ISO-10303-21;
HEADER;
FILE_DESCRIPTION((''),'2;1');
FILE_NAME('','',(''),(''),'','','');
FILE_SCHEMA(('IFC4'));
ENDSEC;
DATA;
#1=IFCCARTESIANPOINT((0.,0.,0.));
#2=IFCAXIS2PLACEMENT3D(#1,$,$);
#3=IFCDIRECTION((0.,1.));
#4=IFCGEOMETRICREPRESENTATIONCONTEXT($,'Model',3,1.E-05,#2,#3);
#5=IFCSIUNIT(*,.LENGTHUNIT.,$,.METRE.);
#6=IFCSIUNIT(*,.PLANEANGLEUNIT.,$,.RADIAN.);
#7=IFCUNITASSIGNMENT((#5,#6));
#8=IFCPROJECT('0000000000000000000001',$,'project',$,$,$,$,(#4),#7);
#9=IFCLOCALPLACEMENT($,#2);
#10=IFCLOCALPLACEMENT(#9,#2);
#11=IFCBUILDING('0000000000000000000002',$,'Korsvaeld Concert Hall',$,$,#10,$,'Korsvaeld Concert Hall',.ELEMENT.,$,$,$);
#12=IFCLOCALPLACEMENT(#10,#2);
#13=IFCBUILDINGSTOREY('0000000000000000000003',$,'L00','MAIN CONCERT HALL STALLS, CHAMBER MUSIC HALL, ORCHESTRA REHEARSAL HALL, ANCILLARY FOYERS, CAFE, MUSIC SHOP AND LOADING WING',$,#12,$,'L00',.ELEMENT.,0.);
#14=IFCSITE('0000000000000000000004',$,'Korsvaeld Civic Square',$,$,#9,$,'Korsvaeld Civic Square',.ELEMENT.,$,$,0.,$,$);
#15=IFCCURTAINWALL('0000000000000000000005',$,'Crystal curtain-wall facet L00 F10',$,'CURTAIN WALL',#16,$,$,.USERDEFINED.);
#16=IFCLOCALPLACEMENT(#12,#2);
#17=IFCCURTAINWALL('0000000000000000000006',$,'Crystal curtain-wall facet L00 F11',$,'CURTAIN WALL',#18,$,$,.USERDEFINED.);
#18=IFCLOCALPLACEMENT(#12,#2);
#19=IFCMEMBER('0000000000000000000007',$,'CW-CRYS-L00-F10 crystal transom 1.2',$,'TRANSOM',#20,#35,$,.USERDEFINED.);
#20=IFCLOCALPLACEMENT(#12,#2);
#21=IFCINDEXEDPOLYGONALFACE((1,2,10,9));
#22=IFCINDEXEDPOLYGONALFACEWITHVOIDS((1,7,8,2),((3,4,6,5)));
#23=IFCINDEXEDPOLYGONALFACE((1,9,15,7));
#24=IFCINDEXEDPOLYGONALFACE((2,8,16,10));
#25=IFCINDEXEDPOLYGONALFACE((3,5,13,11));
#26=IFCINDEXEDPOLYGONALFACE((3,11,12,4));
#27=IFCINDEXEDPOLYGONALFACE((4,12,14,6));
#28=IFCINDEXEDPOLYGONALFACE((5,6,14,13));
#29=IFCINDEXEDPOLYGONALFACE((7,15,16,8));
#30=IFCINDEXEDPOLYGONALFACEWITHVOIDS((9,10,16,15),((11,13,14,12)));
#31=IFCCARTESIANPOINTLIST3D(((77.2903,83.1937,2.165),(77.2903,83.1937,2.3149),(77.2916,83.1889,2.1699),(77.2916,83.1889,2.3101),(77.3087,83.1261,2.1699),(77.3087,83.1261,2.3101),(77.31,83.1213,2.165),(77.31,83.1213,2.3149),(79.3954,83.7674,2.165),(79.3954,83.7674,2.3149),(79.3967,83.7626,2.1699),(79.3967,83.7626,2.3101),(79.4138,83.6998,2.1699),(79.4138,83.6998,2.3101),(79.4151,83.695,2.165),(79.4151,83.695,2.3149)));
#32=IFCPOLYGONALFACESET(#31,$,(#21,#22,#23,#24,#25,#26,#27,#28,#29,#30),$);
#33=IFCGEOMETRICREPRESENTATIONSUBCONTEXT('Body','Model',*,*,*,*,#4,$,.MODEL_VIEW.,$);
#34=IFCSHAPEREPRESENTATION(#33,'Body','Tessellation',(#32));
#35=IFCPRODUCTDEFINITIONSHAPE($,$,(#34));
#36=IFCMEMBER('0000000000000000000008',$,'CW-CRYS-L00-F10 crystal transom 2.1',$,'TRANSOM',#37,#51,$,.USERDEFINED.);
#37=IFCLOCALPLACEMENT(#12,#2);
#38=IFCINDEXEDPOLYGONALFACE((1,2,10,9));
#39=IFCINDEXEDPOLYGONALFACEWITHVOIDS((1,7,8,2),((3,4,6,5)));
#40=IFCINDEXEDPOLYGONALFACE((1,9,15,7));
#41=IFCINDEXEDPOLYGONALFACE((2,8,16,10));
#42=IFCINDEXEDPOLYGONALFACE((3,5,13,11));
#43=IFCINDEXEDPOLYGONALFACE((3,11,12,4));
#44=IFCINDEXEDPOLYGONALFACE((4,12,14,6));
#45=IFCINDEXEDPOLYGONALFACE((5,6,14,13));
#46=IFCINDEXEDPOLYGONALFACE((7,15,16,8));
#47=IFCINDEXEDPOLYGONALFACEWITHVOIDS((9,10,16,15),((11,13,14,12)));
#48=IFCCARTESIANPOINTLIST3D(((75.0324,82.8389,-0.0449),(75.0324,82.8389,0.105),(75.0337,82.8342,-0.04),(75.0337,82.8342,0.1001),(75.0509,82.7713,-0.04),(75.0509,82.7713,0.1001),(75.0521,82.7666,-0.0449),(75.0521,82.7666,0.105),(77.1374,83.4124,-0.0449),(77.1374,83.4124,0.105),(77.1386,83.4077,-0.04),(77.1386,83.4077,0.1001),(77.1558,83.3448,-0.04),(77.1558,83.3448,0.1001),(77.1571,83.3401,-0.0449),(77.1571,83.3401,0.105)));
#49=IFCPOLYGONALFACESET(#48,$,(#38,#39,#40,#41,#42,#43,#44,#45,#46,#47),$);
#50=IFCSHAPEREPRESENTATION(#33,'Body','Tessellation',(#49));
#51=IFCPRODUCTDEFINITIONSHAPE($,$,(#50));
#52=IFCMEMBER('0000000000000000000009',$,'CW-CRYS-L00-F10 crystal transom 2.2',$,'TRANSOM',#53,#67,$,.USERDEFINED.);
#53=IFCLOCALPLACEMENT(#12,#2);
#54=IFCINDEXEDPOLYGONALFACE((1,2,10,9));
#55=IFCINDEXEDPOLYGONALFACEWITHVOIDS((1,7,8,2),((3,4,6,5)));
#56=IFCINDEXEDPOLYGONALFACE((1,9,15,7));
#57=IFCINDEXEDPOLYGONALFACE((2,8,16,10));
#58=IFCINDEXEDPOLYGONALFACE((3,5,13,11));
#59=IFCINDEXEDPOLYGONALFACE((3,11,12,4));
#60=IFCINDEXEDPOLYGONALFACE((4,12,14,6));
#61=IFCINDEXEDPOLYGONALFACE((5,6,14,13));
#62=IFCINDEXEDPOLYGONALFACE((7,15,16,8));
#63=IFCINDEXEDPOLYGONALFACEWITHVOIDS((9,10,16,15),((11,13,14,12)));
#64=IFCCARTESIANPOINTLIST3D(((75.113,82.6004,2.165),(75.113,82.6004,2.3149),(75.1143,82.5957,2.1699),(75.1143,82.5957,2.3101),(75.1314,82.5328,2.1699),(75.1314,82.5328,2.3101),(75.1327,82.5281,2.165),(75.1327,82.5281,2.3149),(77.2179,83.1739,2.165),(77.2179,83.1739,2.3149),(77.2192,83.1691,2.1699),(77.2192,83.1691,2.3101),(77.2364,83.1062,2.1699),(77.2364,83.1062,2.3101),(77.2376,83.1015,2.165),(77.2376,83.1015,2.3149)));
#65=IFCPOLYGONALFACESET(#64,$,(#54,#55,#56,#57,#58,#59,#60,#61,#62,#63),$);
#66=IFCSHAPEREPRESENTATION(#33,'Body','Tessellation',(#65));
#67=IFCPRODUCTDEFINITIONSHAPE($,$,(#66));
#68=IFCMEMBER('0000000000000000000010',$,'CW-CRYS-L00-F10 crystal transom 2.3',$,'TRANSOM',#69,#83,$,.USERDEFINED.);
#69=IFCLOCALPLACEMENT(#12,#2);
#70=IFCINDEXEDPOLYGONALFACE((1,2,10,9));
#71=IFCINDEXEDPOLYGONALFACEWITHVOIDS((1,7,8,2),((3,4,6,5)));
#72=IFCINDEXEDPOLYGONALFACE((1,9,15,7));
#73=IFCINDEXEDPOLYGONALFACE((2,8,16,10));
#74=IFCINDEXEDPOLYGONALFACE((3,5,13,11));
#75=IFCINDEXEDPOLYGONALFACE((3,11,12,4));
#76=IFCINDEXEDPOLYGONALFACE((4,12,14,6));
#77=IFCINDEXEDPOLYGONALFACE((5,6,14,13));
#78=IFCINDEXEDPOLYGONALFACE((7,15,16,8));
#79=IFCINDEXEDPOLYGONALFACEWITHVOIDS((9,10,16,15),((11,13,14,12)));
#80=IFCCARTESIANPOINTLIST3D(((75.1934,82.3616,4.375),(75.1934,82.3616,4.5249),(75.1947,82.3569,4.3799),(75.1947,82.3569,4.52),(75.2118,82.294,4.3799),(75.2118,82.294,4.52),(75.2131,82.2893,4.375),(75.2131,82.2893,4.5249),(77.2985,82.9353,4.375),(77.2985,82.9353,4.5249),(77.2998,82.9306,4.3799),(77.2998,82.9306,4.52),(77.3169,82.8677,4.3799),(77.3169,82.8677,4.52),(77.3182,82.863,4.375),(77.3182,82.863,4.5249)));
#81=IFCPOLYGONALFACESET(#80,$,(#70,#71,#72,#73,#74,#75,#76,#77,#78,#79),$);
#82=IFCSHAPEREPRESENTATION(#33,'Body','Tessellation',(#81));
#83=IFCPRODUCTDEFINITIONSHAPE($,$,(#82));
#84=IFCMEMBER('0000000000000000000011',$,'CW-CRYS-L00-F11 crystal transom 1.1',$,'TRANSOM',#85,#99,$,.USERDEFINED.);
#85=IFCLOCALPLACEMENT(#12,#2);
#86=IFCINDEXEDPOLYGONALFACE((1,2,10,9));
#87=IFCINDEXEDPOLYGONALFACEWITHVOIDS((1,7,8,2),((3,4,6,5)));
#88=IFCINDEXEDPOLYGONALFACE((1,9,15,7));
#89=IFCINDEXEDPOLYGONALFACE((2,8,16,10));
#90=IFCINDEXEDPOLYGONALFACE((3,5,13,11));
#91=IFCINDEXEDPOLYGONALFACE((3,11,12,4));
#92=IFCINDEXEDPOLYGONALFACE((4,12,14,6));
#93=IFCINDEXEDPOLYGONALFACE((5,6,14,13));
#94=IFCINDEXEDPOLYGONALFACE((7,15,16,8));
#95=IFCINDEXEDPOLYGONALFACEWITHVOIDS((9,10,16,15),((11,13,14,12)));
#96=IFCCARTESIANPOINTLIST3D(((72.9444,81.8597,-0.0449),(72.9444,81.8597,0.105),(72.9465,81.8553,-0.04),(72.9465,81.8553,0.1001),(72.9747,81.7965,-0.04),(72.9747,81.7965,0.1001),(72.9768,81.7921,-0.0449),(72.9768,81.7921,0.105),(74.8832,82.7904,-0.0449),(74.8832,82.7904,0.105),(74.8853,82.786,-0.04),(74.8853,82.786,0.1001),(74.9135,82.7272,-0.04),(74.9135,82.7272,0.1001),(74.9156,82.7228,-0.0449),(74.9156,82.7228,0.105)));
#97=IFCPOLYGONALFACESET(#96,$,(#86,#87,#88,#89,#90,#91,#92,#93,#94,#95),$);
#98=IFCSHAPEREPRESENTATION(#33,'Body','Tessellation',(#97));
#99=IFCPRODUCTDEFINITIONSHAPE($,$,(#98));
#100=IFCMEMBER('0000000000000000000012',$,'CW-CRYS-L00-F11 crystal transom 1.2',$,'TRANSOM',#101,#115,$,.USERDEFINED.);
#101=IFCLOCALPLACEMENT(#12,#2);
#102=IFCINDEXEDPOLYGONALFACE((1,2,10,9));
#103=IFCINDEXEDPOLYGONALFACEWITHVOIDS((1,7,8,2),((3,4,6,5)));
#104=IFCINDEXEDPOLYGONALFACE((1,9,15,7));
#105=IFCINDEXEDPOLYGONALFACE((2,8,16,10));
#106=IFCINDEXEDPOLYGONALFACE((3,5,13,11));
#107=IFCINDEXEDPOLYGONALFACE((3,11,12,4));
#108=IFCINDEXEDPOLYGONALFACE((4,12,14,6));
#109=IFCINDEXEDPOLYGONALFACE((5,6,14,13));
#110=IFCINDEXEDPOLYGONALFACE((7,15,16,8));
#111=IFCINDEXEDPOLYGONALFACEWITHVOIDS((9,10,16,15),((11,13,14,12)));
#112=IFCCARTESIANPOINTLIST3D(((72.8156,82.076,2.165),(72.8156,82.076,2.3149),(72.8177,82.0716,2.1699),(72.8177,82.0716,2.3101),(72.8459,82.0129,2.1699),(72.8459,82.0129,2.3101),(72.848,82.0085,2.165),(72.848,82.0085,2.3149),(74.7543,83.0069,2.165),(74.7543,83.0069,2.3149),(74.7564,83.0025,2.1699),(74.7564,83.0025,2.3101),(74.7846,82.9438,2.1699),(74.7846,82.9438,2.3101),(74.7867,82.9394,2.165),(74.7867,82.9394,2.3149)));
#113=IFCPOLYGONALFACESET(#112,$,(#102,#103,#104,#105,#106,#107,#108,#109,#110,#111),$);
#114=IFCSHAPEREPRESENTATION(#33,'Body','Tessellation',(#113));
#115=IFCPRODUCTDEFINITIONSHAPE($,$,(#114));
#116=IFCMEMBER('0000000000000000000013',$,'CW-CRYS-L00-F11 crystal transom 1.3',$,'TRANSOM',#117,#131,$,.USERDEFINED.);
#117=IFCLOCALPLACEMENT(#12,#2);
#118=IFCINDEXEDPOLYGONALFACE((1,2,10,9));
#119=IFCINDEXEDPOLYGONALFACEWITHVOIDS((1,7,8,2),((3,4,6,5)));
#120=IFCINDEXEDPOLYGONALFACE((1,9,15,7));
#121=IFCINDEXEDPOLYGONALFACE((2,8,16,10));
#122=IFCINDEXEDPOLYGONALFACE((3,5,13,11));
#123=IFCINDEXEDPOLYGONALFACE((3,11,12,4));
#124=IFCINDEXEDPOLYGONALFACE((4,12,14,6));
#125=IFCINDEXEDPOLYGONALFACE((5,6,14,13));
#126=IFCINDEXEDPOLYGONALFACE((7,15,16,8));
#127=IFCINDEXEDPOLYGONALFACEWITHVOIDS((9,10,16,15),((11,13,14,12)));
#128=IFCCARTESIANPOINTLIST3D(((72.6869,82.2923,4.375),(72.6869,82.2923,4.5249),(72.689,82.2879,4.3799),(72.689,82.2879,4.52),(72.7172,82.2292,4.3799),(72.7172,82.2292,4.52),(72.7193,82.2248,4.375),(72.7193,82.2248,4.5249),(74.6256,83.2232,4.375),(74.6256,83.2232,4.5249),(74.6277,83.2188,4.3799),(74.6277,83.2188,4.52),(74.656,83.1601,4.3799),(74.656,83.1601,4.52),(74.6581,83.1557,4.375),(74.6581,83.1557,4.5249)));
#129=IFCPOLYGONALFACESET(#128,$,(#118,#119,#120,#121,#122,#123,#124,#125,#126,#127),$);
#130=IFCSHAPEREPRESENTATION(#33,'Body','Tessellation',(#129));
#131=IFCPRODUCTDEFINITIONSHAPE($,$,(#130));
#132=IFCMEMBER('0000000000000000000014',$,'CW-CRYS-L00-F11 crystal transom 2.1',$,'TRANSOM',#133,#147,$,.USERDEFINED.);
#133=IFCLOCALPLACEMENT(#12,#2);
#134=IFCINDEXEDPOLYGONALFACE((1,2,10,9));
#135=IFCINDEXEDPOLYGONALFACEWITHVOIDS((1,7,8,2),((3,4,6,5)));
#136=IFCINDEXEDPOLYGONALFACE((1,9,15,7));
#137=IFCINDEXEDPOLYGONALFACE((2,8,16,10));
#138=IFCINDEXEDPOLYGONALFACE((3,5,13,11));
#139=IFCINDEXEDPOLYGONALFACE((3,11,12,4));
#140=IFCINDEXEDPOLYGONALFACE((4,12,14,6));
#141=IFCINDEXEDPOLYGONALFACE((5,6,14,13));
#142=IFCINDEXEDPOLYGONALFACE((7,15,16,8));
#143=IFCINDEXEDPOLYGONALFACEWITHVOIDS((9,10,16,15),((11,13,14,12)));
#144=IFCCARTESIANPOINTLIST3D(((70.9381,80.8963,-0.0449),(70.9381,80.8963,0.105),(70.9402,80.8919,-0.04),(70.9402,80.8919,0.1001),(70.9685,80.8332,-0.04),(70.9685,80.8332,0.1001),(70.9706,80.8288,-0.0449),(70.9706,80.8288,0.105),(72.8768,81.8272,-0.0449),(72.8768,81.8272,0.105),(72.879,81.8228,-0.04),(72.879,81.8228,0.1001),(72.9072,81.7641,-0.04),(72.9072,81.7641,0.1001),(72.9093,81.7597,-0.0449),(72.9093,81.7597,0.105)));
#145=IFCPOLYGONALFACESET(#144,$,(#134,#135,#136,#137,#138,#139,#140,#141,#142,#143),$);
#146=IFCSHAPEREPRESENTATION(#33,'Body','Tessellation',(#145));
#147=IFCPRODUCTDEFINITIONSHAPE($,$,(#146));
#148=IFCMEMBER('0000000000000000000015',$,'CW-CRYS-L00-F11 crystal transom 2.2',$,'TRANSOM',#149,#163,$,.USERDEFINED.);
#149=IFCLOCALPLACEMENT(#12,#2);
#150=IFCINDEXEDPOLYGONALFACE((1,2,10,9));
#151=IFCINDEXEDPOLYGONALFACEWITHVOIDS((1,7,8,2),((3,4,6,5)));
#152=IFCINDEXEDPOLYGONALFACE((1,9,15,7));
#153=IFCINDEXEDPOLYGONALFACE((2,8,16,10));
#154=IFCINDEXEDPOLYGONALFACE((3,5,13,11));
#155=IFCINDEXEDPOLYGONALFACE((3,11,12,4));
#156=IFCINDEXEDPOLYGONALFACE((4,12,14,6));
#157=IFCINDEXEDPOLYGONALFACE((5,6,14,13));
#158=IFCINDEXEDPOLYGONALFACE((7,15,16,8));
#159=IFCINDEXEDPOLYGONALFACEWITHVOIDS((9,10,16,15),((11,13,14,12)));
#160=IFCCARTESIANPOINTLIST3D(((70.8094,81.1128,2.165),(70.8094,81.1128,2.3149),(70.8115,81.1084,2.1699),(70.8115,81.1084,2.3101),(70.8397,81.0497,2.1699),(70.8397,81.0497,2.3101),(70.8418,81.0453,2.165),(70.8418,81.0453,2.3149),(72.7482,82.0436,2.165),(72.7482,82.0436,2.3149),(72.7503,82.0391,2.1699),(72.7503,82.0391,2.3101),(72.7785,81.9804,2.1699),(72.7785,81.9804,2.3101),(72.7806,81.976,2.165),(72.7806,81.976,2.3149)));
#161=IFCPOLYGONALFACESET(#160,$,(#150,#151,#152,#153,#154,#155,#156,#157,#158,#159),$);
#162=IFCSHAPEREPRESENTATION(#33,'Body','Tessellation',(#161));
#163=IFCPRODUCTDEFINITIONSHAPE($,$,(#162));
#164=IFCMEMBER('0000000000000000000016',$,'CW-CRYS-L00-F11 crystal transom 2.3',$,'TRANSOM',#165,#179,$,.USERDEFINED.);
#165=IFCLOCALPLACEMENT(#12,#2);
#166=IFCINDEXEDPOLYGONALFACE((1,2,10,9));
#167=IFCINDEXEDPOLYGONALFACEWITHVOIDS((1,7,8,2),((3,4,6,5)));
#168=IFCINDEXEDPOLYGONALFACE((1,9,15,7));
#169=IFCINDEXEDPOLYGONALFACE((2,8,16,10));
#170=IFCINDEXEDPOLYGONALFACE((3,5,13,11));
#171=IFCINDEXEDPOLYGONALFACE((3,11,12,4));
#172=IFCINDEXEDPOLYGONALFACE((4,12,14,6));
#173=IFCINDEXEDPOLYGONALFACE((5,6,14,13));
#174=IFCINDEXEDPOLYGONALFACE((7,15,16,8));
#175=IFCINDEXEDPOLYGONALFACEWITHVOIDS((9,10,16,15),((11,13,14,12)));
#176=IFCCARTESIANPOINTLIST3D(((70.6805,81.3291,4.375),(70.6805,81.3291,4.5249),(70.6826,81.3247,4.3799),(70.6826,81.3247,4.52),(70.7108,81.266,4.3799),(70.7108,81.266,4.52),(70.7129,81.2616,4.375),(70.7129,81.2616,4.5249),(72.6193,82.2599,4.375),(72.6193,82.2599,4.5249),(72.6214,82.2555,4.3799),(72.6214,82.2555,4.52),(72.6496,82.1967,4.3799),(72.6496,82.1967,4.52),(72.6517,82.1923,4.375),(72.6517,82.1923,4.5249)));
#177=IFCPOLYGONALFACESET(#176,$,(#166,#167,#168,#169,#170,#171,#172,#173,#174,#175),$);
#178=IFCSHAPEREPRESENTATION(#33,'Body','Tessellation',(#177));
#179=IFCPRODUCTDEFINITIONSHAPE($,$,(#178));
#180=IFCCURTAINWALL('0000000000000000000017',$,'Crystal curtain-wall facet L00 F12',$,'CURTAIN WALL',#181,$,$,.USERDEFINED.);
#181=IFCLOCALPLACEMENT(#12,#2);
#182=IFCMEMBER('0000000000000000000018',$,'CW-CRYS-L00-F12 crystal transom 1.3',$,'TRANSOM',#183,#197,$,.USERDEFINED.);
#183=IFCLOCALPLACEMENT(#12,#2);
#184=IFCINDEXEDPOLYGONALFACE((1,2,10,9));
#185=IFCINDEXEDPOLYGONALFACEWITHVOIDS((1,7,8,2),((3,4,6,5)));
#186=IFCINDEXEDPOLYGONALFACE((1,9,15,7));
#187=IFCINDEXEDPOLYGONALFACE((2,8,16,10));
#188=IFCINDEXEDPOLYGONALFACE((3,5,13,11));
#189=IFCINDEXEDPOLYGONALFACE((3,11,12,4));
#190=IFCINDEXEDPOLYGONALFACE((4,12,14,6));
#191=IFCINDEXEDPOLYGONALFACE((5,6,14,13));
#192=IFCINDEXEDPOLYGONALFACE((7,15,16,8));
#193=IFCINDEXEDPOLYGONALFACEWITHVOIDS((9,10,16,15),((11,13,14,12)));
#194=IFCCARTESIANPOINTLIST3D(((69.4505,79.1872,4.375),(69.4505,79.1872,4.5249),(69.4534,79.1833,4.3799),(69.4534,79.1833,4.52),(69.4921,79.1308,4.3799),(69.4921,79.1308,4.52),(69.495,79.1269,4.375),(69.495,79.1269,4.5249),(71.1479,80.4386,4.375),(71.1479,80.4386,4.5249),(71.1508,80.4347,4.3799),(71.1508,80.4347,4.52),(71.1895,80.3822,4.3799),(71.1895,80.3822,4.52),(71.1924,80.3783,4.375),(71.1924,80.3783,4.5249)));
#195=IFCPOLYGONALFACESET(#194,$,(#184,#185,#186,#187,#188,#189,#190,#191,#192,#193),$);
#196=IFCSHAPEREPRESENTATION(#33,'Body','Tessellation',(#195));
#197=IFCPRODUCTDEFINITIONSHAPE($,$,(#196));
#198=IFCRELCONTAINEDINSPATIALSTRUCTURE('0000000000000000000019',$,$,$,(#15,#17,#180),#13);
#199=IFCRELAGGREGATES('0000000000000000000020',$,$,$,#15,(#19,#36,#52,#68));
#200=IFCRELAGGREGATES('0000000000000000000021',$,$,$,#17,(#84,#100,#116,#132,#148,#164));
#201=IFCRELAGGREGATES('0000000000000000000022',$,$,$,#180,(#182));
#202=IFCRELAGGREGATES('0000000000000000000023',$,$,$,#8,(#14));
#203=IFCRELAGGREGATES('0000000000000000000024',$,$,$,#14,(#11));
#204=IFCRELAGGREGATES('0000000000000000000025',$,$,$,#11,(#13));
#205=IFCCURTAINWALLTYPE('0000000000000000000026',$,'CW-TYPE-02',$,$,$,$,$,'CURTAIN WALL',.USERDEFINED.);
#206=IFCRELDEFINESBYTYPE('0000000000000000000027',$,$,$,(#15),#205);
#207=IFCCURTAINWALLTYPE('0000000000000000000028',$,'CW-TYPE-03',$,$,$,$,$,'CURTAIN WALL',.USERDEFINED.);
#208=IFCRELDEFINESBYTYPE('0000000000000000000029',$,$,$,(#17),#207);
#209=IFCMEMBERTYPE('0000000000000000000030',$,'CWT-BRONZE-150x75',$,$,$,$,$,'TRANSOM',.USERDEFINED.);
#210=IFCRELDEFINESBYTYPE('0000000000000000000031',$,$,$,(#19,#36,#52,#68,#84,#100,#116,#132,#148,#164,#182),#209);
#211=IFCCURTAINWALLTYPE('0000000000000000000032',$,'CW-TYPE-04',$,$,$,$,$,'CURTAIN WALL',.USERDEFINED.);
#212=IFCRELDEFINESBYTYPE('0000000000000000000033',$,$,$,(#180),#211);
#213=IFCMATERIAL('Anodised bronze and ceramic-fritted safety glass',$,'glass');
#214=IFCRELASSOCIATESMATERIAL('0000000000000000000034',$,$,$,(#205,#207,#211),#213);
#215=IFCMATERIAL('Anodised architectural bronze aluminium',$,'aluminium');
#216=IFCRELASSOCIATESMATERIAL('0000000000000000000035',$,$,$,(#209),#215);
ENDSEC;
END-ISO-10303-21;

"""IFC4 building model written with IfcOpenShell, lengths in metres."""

from ifc_helpers import new_model, si_unit, direction, frame, origin, origin_2d, place, context, subcontext, project, spatial, hollow_rectangle, extrude, material, material_profile, profile_set, type_object, element, aggregate, save


model = new_model("IFC4")

# Units and contexts
model_context = context("Model", 3, precision=1e-05, world=origin(), true_north=direction((0.0, 1.0)))
body_context = subcontext(model_context, "Body", "Model", "MODEL_VIEW")
ifc_project = project(units=[si_unit("LENGTHUNIT", "METRE"), si_unit("PLANEANGLEUNIT", "RADIAN")], contexts=[model_context])

# Site, building, storey
site_placement = place(None, origin())
site = spatial("IfcSite", under=ifc_project, at=site_placement, Name="Korsvaeld Civic Square", LongName="Korsvaeld Civic Square", CompositionType="ELEMENT", RefElevation=0.0)
building_placement = place(site_placement, origin())
building = spatial("IfcBuilding", under=site, at=building_placement, Name="Korsvaeld Concert Hall", LongName="Korsvaeld Concert Hall", CompositionType="ELEMENT")
storey_placement = place(building_placement, origin())
storey = spatial("IfcBuildingStorey", under=building, at=storey_placement, Name="L00", Description="MAIN CONCERT HALL STALLS, CHAMBER MUSIC HALL, ORCHESTRA REHEARSAL HALL, ANCILLARY FOYERS, CAFE, MUSIC SHOP AND LOADING WING", LongName="L00", CompositionType="ELEMENT", Elevation=0.0)

# Curtain wall
ifc_material_1 = material(Name="Anodised bronze and ceramic-fritted safety glass", Category="glass")
curtain_wall_type_1 = type_object("IfcCurtainWallType", Name="CW-TYPE-02", ElementType="CURTAIN WALL", PredefinedType="USERDEFINED", material=ifc_material_1)
curtain_wall_1_placement = place(storey_placement, origin())
curtain_wall_1 = element("IfcCurtainWall", 1, at=curtain_wall_1_placement, inside=storey, type_object=curtain_wall_type_1, Name="Crystal curtain-wall facet L00 F10", ObjectType="CURTAIN WALL", PredefinedType="USERDEFINED")
ifc_material_2 = material(Name="Anodised architectural bronze aluminium", Category="aluminium")

# Curtain wall
curtain_wall_type_2 = type_object("IfcCurtainWallType", Name="CW-TYPE-03", ElementType="CURTAIN WALL", PredefinedType="USERDEFINED", material=ifc_material_1)
curtain_wall_2_placement = place(storey_placement, origin())
curtain_wall_2 = element("IfcCurtainWall", 2, at=curtain_wall_2_placement, inside=storey, type_object=curtain_wall_type_2, Name="Crystal curtain-wall facet L00 F11", ObjectType="CURTAIN WALL", PredefinedType="USERDEFINED")

# Members
ifc_material_profile_1 = material_profile(ifc_material_2, hollow_rectangle(XDim=0.075, YDim=0.1499, WallThickness=0.0049, at=origin_2d()), Name="CWT 150x75x5")
ifc_profile_set_1 = profile_set([ifc_material_profile_1], Name="Anodised architectural bronze aluminium")
member_type_1 = type_object("IfcMemberType", Name="CWT-BRONZE-150x75", ElementType="TRANSOM", PredefinedType="USERDEFINED", material=ifc_profile_set_1)
member_1_placement = place(storey_placement, frame((79.4053, 83.7312, 2.24), z_axis=(-0.964813, -0.262938, 0.0), x_axis=(0.262938, -0.964813, 0.0)))
member_1 = element("IfcMember", 3, at=member_1_placement, type_object=member_type_1, Name="CW-CRYS-L00-F10 crystal transom 1.2", ObjectType="TRANSOM", PredefinedType="USERDEFINED", context=body_context, shape_type="SweptSolid", body=[
    extrude(hollow_rectangle(XDim=0.075, YDim=0.1499, WallThickness=0.0049, at=origin_2d()), origin(), (0.0, 0.0, 1.0), 2.1819),
])
member_2_placement = place(storey_placement, frame((77.1472, 83.3762, 0.03), z_axis=(-0.964834, -0.262862, 0.0), x_axis=(0.262862, -0.964834, 0.0)))
member_2 = element("IfcMember", 4, at=member_2_placement, type_object=member_type_1, Name="CW-CRYS-L00-F10 crystal transom 2.1", ObjectType="TRANSOM", PredefinedType="USERDEFINED", context=body_context, shape_type="SweptSolid", body=[
    extrude(hollow_rectangle(XDim=0.075, YDim=0.1499, WallThickness=0.0049, at=origin_2d()), origin(), (0.0, 0.0, 1.0), 2.1816),
])
member_3_placement = place(storey_placement, frame((77.2278, 83.1377, 2.24), z_axis=(-0.964834, -0.262862, 0.0), x_axis=(0.262862, -0.964834, 0.0)))
member_3 = element("IfcMember", 5, at=member_3_placement, type_object=member_type_1, Name="CW-CRYS-L00-F10 crystal transom 2.2", ObjectType="TRANSOM", PredefinedType="USERDEFINED", context=body_context, shape_type="SweptSolid", body=[
    extrude(hollow_rectangle(XDim=0.075, YDim=0.1499, WallThickness=0.0049, at=origin_2d()), origin(), (0.0, 0.0, 1.0), 2.1816),
])
member_4_placement = place(storey_placement, frame((77.3083, 82.8992, 4.45), z_axis=(-0.964805, -0.262966, 0.0), x_axis=(0.262966, -0.964805, 0.0)))
member_4 = element("IfcMember", 6, at=member_4_placement, type_object=member_type_1, Name="CW-CRYS-L00-F10 crystal transom 2.3", ObjectType="TRANSOM", PredefinedType="USERDEFINED", context=body_context, shape_type="SweptSolid", body=[
    extrude(hollow_rectangle(XDim=0.075, YDim=0.1499, WallThickness=0.0049, at=origin_2d()), origin(), (0.0, 0.0, 1.0), 2.1819),
])
member_5_placement = place(storey_placement, frame((74.8994, 82.7566, 0.03), z_axis=(-0.901509, -0.432761, 0.0), x_axis=(0.432761, -0.901509, 0.0)))
member_5 = element("IfcMember", 7, at=member_5_placement, type_object=member_type_1, Name="CW-CRYS-L00-F11 crystal transom 1.1", ObjectType="TRANSOM", PredefinedType="USERDEFINED", context=body_context, shape_type="SweptSolid", body=[
    extrude(hollow_rectangle(XDim=0.075, YDim=0.1499, WallThickness=0.0049, at=origin_2d()), origin(), (0.0, 0.0, 1.0), 2.1506),
])
member_6_placement = place(storey_placement, frame((74.7705, 82.9731, 2.24), z_axis=(-0.901465, -0.432853, 0.0), x_axis=(0.432853, -0.901465, 0.0)))
member_6 = element("IfcMember", 8, at=member_6_placement, type_object=member_type_1, Name="CW-CRYS-L00-F11 crystal transom 1.2", ObjectType="TRANSOM", PredefinedType="USERDEFINED", context=body_context, shape_type="SweptSolid", body=[
    extrude(hollow_rectangle(XDim=0.075, YDim=0.1499, WallThickness=0.0049, at=origin_2d()), origin(), (0.0, 0.0, 1.0), 2.1506),
])
member_7_placement = place(storey_placement, frame((74.6418, 83.1895, 4.45), z_axis=(-0.901465, -0.432853, 0.0), x_axis=(0.432853, -0.901465, 0.0)))
member_7 = element("IfcMember", 9, at=member_7_placement, type_object=member_type_1, Name="CW-CRYS-L00-F11 crystal transom 1.3", ObjectType="TRANSOM", PredefinedType="USERDEFINED", context=body_context, shape_type="SweptSolid", body=[
    extrude(hollow_rectangle(XDim=0.075, YDim=0.1499, WallThickness=0.0049, at=origin_2d()), origin(), (0.0, 0.0, 1.0), 2.1506),
])
member_8_placement = place(storey_placement, frame((72.8931, 81.7935, 0.03), z_axis=(-0.901465, -0.432853, 0.0), x_axis=(0.432853, -0.901465, 0.0)))
member_8 = element("IfcMember", 10, at=member_8_placement, type_object=member_type_1, Name="CW-CRYS-L00-F11 crystal transom 2.1", ObjectType="TRANSOM", PredefinedType="USERDEFINED", context=body_context, shape_type="SweptSolid", body=[
    extrude(hollow_rectangle(XDim=0.075, YDim=0.1499, WallThickness=0.0049, at=origin_2d()), origin(), (0.0, 0.0, 1.0), 2.1506),
])
member_9_placement = place(storey_placement, frame((72.7644, 82.0098, 2.24), z_axis=(-0.901509, -0.432761, 0.0), x_axis=(0.432761, -0.901509, 0.0)))
member_9 = element("IfcMember", 11, at=member_9_placement, type_object=member_type_1, Name="CW-CRYS-L00-F11 crystal transom 2.2", ObjectType="TRANSOM", PredefinedType="USERDEFINED", context=body_context, shape_type="SweptSolid", body=[
    extrude(hollow_rectangle(XDim=0.075, YDim=0.1499, WallThickness=0.0049, at=origin_2d()), origin(), (0.0, 0.0, 1.0), 2.1506),
])
member_10_placement = place(storey_placement, frame((72.6355, 82.2261, 4.45), z_axis=(-0.901509, -0.432761, 0.0), x_axis=(0.432761, -0.901509, 0.0)))
member_10 = element("IfcMember", 12, at=member_10_placement, type_object=member_type_1, Name="CW-CRYS-L00-F11 crystal transom 2.3", ObjectType="TRANSOM", PredefinedType="USERDEFINED", context=body_context, shape_type="SweptSolid", body=[
    extrude(hollow_rectangle(XDim=0.075, YDim=0.1499, WallThickness=0.0049, at=origin_2d()), origin(), (0.0, 0.0, 1.0), 2.1506),
])

# Curtain wall, member
curtain_wall_type_3 = type_object("IfcCurtainWallType", Name="CW-TYPE-04", ElementType="CURTAIN WALL", PredefinedType="USERDEFINED", material=ifc_material_1)
curtain_wall_3_placement = place(storey_placement, origin())
curtain_wall_3 = element("IfcCurtainWall", 13, at=curtain_wall_3_placement, inside=storey, type_object=curtain_wall_type_3, Name="Crystal curtain-wall facet L00 F12", ObjectType="CURTAIN WALL", PredefinedType="USERDEFINED")
member_11_placement = place(storey_placement, frame((71.1702, 80.4084, 4.45), z_axis=(-0.804905, -0.593404, 0.0), x_axis=(0.593404, -0.804905, 0.0)))
member_11 = element("IfcMember", 14, at=member_11_placement, type_object=member_type_1, Name="CW-CRYS-L00-F12 crystal transom 1.3", ObjectType="TRANSOM", PredefinedType="USERDEFINED", context=body_context, shape_type="SweptSolid", body=[
    extrude(hollow_rectangle(XDim=0.075, YDim=0.1499, WallThickness=0.0049, at=origin_2d()), origin(), (0.0, 0.0, 1.0), 2.1089),
])

aggregate(curtain_wall_1, [member_1, member_2, member_3, member_4])
aggregate(curtain_wall_2, [member_5, member_6, member_7, member_8, member_9, member_10])
aggregate(curtain_wall_3, [member_11])

save(model, "model.ifc")
